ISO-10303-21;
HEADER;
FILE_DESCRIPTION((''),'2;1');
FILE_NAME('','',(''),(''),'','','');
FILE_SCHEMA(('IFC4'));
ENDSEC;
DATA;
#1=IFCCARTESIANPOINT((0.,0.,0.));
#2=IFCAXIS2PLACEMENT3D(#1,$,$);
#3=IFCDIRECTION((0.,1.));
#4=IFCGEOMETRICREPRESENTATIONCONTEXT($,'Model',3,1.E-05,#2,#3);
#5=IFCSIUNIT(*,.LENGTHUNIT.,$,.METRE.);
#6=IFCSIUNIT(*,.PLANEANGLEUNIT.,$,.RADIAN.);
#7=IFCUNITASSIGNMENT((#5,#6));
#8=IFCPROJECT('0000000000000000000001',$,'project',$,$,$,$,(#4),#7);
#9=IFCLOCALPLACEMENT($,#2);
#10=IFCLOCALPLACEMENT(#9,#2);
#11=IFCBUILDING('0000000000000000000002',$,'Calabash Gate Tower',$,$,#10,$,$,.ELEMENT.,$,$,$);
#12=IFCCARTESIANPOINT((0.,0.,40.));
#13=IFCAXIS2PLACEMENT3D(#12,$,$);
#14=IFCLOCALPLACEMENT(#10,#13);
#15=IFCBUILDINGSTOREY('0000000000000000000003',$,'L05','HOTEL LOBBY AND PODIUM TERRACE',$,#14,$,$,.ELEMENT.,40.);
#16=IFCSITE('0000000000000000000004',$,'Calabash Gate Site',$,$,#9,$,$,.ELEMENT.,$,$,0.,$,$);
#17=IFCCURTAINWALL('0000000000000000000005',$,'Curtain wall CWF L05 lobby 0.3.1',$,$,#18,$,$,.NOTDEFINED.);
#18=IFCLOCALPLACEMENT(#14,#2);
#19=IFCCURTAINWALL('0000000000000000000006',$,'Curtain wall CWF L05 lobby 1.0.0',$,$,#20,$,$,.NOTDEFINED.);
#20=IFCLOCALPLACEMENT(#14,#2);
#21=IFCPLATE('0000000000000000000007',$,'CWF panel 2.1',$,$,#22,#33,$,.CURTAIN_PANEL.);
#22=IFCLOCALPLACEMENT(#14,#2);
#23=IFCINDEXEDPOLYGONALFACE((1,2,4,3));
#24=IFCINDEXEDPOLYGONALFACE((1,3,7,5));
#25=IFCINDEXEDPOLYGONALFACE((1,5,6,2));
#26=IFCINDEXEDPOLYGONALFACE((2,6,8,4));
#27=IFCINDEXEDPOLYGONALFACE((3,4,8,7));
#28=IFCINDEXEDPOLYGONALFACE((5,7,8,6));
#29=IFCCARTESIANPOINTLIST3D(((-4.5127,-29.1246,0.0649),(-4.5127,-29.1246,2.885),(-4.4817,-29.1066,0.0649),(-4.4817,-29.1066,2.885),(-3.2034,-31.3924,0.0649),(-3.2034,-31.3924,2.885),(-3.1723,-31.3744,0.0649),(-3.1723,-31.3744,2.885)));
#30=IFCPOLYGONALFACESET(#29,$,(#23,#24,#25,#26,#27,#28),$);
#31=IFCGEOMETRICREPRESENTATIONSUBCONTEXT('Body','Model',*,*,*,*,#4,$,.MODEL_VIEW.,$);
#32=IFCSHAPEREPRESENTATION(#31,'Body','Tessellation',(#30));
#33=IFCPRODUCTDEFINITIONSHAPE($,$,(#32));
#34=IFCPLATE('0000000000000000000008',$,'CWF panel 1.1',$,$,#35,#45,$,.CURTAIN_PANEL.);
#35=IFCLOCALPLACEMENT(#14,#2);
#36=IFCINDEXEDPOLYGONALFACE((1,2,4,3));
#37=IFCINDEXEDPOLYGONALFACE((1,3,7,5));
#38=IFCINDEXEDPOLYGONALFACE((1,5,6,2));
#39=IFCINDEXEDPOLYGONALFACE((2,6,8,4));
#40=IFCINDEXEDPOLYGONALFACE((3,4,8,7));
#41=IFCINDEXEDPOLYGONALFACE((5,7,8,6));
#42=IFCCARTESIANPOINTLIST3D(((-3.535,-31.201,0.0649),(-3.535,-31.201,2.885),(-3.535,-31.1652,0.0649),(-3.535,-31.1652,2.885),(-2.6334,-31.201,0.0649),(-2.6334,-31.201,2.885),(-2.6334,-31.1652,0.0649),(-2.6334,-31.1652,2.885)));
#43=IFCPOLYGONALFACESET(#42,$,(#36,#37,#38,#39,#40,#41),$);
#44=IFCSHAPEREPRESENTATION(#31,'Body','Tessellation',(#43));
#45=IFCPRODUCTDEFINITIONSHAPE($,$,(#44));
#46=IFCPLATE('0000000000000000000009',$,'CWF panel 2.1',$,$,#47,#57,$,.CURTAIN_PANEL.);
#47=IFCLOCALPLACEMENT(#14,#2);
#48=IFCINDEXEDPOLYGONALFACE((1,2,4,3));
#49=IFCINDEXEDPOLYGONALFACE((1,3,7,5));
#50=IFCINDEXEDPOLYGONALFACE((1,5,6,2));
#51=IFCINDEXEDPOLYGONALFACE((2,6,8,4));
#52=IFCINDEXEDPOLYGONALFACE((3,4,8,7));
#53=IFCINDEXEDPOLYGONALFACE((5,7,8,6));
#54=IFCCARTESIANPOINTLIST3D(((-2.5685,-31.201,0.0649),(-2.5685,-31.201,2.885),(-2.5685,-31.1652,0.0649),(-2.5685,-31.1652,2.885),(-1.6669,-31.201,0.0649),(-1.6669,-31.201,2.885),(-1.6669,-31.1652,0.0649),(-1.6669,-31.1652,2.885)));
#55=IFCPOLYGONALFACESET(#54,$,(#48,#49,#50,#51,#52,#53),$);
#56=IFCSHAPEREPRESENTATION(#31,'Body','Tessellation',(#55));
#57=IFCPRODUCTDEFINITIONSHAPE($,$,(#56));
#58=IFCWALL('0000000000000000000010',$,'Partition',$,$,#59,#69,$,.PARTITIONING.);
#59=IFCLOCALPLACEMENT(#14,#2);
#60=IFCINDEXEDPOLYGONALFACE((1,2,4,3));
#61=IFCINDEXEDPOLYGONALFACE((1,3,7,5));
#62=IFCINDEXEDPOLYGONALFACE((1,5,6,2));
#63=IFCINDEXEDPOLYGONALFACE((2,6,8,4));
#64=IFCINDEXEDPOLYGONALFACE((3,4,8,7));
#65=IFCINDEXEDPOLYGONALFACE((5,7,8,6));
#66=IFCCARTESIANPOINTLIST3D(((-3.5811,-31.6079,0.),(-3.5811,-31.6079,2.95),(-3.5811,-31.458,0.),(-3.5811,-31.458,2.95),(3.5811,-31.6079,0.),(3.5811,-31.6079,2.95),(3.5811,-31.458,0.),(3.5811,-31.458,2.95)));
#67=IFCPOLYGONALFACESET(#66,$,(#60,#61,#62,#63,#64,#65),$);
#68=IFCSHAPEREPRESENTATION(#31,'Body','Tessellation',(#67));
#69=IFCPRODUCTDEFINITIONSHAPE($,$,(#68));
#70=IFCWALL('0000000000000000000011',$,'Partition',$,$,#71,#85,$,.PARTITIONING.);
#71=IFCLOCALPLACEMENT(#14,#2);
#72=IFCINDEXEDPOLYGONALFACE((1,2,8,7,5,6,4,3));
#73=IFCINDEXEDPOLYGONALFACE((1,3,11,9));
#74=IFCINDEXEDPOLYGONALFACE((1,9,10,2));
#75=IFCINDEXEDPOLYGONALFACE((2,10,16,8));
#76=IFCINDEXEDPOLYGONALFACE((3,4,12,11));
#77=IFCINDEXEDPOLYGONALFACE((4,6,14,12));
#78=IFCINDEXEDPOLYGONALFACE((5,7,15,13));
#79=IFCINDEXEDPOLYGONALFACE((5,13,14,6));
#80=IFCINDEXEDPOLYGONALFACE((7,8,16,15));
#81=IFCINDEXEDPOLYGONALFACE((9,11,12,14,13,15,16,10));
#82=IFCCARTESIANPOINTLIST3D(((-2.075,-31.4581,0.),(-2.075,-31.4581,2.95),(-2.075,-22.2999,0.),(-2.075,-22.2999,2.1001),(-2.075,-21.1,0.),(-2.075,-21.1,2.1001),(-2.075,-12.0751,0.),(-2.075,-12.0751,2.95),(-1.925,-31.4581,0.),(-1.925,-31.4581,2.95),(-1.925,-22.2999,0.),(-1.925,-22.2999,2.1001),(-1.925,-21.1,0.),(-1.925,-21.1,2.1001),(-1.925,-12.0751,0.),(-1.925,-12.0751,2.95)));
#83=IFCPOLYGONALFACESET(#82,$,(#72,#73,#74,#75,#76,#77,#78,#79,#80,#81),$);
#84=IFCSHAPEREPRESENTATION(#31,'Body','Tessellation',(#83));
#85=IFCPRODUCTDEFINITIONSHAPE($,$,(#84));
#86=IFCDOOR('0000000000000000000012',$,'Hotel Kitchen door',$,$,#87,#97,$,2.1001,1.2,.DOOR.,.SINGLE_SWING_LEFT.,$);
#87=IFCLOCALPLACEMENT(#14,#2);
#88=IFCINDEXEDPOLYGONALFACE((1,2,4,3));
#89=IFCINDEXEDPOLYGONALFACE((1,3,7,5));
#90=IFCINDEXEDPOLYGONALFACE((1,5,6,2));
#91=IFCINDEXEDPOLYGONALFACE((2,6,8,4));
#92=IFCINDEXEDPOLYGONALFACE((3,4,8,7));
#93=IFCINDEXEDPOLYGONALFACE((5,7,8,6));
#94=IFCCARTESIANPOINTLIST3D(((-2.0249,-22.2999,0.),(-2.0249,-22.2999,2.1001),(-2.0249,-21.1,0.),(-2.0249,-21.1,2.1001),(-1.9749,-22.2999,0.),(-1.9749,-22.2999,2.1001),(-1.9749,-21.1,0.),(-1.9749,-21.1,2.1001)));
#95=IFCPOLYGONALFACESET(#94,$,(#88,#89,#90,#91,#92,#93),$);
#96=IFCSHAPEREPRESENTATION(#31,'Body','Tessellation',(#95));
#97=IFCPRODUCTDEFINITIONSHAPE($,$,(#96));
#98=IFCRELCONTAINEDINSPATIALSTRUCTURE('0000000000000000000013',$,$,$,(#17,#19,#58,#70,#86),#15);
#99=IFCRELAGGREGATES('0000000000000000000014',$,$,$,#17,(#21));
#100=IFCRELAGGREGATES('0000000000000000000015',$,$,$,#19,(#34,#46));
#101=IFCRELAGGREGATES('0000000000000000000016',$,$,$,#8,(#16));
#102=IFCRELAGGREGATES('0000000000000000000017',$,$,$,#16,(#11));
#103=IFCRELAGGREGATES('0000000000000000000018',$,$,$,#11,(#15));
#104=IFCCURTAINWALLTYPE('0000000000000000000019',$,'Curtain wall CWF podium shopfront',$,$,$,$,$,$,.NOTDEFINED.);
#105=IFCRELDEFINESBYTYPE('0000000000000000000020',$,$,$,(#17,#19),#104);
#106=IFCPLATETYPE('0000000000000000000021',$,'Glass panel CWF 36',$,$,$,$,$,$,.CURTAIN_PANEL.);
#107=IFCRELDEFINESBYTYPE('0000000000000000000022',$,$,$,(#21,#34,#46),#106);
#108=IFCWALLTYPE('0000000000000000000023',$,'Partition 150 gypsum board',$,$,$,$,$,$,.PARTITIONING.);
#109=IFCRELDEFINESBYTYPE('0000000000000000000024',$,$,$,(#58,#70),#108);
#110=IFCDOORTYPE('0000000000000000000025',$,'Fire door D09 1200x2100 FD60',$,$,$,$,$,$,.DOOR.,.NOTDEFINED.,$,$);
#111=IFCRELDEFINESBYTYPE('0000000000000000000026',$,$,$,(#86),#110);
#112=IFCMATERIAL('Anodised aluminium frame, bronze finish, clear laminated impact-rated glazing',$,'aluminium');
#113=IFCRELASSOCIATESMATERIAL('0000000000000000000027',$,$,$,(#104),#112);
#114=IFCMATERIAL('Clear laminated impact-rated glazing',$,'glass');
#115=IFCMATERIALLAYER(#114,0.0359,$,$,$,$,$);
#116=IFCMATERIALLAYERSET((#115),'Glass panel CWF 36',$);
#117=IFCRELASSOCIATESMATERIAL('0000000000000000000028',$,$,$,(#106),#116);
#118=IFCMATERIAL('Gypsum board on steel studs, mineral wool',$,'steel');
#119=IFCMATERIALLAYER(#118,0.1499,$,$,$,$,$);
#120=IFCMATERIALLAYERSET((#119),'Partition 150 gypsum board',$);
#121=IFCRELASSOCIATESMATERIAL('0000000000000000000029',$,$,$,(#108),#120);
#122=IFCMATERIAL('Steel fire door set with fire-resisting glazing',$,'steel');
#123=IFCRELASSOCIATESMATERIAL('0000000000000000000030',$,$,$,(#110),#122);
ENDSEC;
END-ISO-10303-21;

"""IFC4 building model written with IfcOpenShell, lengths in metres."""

from ifc_helpers import new_model, si_unit, direction, frame, frame_2d, origin, origin_2d, place, context, subcontext, project, spatial, rectangle, extrude, material, layer, layer_set, type_object, element, fill, aggregate, save


model = new_model("IFC4")

# Units and contexts
model_context = context("Model", 3, precision=1e-05, world=origin(), true_north=direction((0.0, 1.0)))
body_context = subcontext(model_context, "Body", "Model", "MODEL_VIEW")
ifc_project = project(units=[si_unit("LENGTHUNIT", "METRE"), si_unit("PLANEANGLEUNIT", "RADIAN")], contexts=[model_context])

# Site, building, storey
site_placement = place(None, origin())
site = spatial("IfcSite", under=ifc_project, at=site_placement, Name="Calabash Gate Site", CompositionType="ELEMENT", RefElevation=0.0)
building_placement = place(site_placement, origin())
building = spatial("IfcBuilding", under=site, at=building_placement, Name="Calabash Gate Tower", CompositionType="ELEMENT")
storey_placement = place(building_placement, frame((0.0, 0.0, 40.0)))
storey = spatial("IfcBuildingStorey", under=building, at=storey_placement, Name="L05", Description="HOTEL LOBBY AND PODIUM TERRACE", CompositionType="ELEMENT", Elevation=40.0)

# Curtain walls
ifc_material_1 = material(Name="Anodised aluminium frame, bronze finish, clear laminated impact-rated glazing", Category="aluminium")
curtain_wall_type = type_object("IfcCurtainWallType", Name="Curtain wall CWF podium shopfront", PredefinedType="NOTDEFINED", material=ifc_material_1)
curtain_wall_1_placement = place(storey_placement, origin())
curtain_wall_1 = element("IfcCurtainWall", 1, at=curtain_wall_1_placement, inside=storey, type_object=curtain_wall_type, Name="Curtain wall CWF L05 lobby 0.3.1", PredefinedType="NOTDEFINED")
curtain_wall_2_placement = place(storey_placement, origin())
curtain_wall_2 = element("IfcCurtainWall", 2, at=curtain_wall_2_placement, inside=storey, type_object=curtain_wall_type, Name="Curtain wall CWF L05 lobby 1.0.0", PredefinedType="NOTDEFINED")

# Plates
ifc_material_2 = material(Name="Clear laminated impact-rated glazing", Category="glass")
ifc_layer_1 = layer(ifc_material_2, 0.0359)
ifc_layer_set_1 = layer_set([ifc_layer_1], Name="Glass panel CWF 36")
plate_type = type_object("IfcPlateType", Name="Glass panel CWF 36", PredefinedType="CURTAIN_PANEL", material=ifc_layer_set_1)
plate_1_placement = place(storey_placement, frame((-3.8425, -30.2495, 0.0649), z_axis=(0.0, 0.0, 1.0), x_axis=(0.5, -0.866025, 0.0)))
plate_1 = element("IfcPlate", 3, at=plate_1_placement, type_object=plate_type, Name="CWF panel 2.1", PredefinedType="CURTAIN_PANEL", context=body_context, shape_type="SweptSolid", body=[
    extrude(rectangle(XDim=2.6187, YDim=0.0359, at=origin_2d()), origin(), (0.0, 0.0, 1.0), 2.8201),
])
aggregate(curtain_wall_1, [plate_1])
plate_2_placement = place(storey_placement, frame((-3.0842, -31.1831, 0.0649), z_axis=(0.0, 0.0, 1.0), x_axis=(1.0, 0.0, 0.0)))
plate_2 = element("IfcPlate", 4, at=plate_2_placement, type_object=plate_type, Name="CWF panel 1.1", PredefinedType="CURTAIN_PANEL", context=body_context, shape_type="SweptSolid", body=[
    extrude(rectangle(XDim=0.9016, YDim=0.0359, at=origin_2d()), origin(), (0.0, 0.0, 1.0), 2.8201),
])
plate_3_placement = place(storey_placement, frame((-2.1177, -31.1831, 0.0649), z_axis=(0.0, 0.0, 1.0), x_axis=(1.0, 0.0, 0.0)))
plate_3 = element("IfcPlate", 5, at=plate_3_placement, type_object=plate_type, Name="CWF panel 2.1", PredefinedType="CURTAIN_PANEL", context=body_context, shape_type="SweptSolid", body=[
    extrude(rectangle(XDim=0.9016, YDim=0.0359, at=origin_2d()), origin(), (0.0, 0.0, 1.0), 2.8201),
])
aggregate(curtain_wall_2, [plate_2, plate_3])

# Wall
ifc_material_3 = material(Name="Gypsum board on steel studs, mineral wool", Category="steel")
ifc_layer_2 = layer(ifc_material_3, 0.1499)
ifc_layer_set_2 = layer_set([ifc_layer_2], Name="Partition 150 gypsum board")
wall_type = type_object("IfcWallType", Name="Partition 150 gypsum board", PredefinedType="PARTITIONING", material=ifc_layer_set_2)
wall_1_placement = place(storey_placement, frame((-3.5811, -31.533, 0.0), z_axis=(0.0, 0.0, 1.0), x_axis=(1.0, 0.0, 0.0)))
element("IfcWall", 6, at=wall_1_placement, inside=storey, type_object=wall_type, Name="Partition", PredefinedType="PARTITIONING", context=body_context, shape_type="SweptSolid", body=[
    extrude(rectangle(XDim=7.1621, YDim=0.1499, at=frame_2d((3.5811, 0.0))), origin(), (0.0, 0.0, 1.0), 2.95),
])

# Wall, opening, door
wall_2_placement = place(storey_placement, frame((-2.0, -31.458, 0.0), z_axis=(0.0, 0.0, 1.0), x_axis=(0.0, 1.0, 0.0)))
wall_2 = element("IfcWall", 7, at=wall_2_placement, inside=storey, type_object=wall_type, Name="Partition", PredefinedType="PARTITIONING", context=body_context, shape_type="SweptSolid", body=[
    extrude(rectangle(XDim=19.3831, YDim=0.1499, at=frame_2d((9.6914, 0.0))), origin(), (0.0, 0.0, 1.0), 2.95),
])
opening_placement = place(wall_2_placement, frame((9.158, 0.0, 0.0)))
opening = element("IfcOpeningElement", 8, at=opening_placement, cuts=wall_2, PredefinedType="OPENING", context=body_context, shape_type="SweptSolid", body=[
    extrude(rectangle(XDim=1.2, YDim=2.1001, at=frame_2d((0.6001, 1.05))), frame((0.0, 0.085, 0.0), z_axis=(0.0, -1.0, 0.0), x_axis=(1.0, 0.0, 0.0)), (0.0, 0.0, 1.0), 0.1699),
])
ifc_material_4 = material(Name="Steel fire door set with fire-resisting glazing", Category="steel")
door_type = type_object("IfcDoorType", Name="Fire door D09 1200x2100 FD60", OperationType="NOTDEFINED", PredefinedType="DOOR", material=ifc_material_4)
door_placement = place(opening_placement, origin())
door = element("IfcDoor", 9, at=door_placement, inside=storey, type_object=door_type, Name="Hotel Kitchen door", OperationType="SINGLE_SWING_LEFT", OverallHeight=2.1001, OverallWidth=1.2, PredefinedType="DOOR", context=body_context, shape_type="SweptSolid", body=[
    extrude(rectangle(XDim=1.2, YDim=2.1001, at=frame_2d((0.6001, 1.05))), frame((0.0, 0.0249, 0.0), z_axis=(0.0, -1.0, 0.0), x_axis=(1.0, 0.0, 0.0)), (0.0, 0.0, 1.0), 0.05),
])
fill(opening, door)

save(model, "model.ifc")
